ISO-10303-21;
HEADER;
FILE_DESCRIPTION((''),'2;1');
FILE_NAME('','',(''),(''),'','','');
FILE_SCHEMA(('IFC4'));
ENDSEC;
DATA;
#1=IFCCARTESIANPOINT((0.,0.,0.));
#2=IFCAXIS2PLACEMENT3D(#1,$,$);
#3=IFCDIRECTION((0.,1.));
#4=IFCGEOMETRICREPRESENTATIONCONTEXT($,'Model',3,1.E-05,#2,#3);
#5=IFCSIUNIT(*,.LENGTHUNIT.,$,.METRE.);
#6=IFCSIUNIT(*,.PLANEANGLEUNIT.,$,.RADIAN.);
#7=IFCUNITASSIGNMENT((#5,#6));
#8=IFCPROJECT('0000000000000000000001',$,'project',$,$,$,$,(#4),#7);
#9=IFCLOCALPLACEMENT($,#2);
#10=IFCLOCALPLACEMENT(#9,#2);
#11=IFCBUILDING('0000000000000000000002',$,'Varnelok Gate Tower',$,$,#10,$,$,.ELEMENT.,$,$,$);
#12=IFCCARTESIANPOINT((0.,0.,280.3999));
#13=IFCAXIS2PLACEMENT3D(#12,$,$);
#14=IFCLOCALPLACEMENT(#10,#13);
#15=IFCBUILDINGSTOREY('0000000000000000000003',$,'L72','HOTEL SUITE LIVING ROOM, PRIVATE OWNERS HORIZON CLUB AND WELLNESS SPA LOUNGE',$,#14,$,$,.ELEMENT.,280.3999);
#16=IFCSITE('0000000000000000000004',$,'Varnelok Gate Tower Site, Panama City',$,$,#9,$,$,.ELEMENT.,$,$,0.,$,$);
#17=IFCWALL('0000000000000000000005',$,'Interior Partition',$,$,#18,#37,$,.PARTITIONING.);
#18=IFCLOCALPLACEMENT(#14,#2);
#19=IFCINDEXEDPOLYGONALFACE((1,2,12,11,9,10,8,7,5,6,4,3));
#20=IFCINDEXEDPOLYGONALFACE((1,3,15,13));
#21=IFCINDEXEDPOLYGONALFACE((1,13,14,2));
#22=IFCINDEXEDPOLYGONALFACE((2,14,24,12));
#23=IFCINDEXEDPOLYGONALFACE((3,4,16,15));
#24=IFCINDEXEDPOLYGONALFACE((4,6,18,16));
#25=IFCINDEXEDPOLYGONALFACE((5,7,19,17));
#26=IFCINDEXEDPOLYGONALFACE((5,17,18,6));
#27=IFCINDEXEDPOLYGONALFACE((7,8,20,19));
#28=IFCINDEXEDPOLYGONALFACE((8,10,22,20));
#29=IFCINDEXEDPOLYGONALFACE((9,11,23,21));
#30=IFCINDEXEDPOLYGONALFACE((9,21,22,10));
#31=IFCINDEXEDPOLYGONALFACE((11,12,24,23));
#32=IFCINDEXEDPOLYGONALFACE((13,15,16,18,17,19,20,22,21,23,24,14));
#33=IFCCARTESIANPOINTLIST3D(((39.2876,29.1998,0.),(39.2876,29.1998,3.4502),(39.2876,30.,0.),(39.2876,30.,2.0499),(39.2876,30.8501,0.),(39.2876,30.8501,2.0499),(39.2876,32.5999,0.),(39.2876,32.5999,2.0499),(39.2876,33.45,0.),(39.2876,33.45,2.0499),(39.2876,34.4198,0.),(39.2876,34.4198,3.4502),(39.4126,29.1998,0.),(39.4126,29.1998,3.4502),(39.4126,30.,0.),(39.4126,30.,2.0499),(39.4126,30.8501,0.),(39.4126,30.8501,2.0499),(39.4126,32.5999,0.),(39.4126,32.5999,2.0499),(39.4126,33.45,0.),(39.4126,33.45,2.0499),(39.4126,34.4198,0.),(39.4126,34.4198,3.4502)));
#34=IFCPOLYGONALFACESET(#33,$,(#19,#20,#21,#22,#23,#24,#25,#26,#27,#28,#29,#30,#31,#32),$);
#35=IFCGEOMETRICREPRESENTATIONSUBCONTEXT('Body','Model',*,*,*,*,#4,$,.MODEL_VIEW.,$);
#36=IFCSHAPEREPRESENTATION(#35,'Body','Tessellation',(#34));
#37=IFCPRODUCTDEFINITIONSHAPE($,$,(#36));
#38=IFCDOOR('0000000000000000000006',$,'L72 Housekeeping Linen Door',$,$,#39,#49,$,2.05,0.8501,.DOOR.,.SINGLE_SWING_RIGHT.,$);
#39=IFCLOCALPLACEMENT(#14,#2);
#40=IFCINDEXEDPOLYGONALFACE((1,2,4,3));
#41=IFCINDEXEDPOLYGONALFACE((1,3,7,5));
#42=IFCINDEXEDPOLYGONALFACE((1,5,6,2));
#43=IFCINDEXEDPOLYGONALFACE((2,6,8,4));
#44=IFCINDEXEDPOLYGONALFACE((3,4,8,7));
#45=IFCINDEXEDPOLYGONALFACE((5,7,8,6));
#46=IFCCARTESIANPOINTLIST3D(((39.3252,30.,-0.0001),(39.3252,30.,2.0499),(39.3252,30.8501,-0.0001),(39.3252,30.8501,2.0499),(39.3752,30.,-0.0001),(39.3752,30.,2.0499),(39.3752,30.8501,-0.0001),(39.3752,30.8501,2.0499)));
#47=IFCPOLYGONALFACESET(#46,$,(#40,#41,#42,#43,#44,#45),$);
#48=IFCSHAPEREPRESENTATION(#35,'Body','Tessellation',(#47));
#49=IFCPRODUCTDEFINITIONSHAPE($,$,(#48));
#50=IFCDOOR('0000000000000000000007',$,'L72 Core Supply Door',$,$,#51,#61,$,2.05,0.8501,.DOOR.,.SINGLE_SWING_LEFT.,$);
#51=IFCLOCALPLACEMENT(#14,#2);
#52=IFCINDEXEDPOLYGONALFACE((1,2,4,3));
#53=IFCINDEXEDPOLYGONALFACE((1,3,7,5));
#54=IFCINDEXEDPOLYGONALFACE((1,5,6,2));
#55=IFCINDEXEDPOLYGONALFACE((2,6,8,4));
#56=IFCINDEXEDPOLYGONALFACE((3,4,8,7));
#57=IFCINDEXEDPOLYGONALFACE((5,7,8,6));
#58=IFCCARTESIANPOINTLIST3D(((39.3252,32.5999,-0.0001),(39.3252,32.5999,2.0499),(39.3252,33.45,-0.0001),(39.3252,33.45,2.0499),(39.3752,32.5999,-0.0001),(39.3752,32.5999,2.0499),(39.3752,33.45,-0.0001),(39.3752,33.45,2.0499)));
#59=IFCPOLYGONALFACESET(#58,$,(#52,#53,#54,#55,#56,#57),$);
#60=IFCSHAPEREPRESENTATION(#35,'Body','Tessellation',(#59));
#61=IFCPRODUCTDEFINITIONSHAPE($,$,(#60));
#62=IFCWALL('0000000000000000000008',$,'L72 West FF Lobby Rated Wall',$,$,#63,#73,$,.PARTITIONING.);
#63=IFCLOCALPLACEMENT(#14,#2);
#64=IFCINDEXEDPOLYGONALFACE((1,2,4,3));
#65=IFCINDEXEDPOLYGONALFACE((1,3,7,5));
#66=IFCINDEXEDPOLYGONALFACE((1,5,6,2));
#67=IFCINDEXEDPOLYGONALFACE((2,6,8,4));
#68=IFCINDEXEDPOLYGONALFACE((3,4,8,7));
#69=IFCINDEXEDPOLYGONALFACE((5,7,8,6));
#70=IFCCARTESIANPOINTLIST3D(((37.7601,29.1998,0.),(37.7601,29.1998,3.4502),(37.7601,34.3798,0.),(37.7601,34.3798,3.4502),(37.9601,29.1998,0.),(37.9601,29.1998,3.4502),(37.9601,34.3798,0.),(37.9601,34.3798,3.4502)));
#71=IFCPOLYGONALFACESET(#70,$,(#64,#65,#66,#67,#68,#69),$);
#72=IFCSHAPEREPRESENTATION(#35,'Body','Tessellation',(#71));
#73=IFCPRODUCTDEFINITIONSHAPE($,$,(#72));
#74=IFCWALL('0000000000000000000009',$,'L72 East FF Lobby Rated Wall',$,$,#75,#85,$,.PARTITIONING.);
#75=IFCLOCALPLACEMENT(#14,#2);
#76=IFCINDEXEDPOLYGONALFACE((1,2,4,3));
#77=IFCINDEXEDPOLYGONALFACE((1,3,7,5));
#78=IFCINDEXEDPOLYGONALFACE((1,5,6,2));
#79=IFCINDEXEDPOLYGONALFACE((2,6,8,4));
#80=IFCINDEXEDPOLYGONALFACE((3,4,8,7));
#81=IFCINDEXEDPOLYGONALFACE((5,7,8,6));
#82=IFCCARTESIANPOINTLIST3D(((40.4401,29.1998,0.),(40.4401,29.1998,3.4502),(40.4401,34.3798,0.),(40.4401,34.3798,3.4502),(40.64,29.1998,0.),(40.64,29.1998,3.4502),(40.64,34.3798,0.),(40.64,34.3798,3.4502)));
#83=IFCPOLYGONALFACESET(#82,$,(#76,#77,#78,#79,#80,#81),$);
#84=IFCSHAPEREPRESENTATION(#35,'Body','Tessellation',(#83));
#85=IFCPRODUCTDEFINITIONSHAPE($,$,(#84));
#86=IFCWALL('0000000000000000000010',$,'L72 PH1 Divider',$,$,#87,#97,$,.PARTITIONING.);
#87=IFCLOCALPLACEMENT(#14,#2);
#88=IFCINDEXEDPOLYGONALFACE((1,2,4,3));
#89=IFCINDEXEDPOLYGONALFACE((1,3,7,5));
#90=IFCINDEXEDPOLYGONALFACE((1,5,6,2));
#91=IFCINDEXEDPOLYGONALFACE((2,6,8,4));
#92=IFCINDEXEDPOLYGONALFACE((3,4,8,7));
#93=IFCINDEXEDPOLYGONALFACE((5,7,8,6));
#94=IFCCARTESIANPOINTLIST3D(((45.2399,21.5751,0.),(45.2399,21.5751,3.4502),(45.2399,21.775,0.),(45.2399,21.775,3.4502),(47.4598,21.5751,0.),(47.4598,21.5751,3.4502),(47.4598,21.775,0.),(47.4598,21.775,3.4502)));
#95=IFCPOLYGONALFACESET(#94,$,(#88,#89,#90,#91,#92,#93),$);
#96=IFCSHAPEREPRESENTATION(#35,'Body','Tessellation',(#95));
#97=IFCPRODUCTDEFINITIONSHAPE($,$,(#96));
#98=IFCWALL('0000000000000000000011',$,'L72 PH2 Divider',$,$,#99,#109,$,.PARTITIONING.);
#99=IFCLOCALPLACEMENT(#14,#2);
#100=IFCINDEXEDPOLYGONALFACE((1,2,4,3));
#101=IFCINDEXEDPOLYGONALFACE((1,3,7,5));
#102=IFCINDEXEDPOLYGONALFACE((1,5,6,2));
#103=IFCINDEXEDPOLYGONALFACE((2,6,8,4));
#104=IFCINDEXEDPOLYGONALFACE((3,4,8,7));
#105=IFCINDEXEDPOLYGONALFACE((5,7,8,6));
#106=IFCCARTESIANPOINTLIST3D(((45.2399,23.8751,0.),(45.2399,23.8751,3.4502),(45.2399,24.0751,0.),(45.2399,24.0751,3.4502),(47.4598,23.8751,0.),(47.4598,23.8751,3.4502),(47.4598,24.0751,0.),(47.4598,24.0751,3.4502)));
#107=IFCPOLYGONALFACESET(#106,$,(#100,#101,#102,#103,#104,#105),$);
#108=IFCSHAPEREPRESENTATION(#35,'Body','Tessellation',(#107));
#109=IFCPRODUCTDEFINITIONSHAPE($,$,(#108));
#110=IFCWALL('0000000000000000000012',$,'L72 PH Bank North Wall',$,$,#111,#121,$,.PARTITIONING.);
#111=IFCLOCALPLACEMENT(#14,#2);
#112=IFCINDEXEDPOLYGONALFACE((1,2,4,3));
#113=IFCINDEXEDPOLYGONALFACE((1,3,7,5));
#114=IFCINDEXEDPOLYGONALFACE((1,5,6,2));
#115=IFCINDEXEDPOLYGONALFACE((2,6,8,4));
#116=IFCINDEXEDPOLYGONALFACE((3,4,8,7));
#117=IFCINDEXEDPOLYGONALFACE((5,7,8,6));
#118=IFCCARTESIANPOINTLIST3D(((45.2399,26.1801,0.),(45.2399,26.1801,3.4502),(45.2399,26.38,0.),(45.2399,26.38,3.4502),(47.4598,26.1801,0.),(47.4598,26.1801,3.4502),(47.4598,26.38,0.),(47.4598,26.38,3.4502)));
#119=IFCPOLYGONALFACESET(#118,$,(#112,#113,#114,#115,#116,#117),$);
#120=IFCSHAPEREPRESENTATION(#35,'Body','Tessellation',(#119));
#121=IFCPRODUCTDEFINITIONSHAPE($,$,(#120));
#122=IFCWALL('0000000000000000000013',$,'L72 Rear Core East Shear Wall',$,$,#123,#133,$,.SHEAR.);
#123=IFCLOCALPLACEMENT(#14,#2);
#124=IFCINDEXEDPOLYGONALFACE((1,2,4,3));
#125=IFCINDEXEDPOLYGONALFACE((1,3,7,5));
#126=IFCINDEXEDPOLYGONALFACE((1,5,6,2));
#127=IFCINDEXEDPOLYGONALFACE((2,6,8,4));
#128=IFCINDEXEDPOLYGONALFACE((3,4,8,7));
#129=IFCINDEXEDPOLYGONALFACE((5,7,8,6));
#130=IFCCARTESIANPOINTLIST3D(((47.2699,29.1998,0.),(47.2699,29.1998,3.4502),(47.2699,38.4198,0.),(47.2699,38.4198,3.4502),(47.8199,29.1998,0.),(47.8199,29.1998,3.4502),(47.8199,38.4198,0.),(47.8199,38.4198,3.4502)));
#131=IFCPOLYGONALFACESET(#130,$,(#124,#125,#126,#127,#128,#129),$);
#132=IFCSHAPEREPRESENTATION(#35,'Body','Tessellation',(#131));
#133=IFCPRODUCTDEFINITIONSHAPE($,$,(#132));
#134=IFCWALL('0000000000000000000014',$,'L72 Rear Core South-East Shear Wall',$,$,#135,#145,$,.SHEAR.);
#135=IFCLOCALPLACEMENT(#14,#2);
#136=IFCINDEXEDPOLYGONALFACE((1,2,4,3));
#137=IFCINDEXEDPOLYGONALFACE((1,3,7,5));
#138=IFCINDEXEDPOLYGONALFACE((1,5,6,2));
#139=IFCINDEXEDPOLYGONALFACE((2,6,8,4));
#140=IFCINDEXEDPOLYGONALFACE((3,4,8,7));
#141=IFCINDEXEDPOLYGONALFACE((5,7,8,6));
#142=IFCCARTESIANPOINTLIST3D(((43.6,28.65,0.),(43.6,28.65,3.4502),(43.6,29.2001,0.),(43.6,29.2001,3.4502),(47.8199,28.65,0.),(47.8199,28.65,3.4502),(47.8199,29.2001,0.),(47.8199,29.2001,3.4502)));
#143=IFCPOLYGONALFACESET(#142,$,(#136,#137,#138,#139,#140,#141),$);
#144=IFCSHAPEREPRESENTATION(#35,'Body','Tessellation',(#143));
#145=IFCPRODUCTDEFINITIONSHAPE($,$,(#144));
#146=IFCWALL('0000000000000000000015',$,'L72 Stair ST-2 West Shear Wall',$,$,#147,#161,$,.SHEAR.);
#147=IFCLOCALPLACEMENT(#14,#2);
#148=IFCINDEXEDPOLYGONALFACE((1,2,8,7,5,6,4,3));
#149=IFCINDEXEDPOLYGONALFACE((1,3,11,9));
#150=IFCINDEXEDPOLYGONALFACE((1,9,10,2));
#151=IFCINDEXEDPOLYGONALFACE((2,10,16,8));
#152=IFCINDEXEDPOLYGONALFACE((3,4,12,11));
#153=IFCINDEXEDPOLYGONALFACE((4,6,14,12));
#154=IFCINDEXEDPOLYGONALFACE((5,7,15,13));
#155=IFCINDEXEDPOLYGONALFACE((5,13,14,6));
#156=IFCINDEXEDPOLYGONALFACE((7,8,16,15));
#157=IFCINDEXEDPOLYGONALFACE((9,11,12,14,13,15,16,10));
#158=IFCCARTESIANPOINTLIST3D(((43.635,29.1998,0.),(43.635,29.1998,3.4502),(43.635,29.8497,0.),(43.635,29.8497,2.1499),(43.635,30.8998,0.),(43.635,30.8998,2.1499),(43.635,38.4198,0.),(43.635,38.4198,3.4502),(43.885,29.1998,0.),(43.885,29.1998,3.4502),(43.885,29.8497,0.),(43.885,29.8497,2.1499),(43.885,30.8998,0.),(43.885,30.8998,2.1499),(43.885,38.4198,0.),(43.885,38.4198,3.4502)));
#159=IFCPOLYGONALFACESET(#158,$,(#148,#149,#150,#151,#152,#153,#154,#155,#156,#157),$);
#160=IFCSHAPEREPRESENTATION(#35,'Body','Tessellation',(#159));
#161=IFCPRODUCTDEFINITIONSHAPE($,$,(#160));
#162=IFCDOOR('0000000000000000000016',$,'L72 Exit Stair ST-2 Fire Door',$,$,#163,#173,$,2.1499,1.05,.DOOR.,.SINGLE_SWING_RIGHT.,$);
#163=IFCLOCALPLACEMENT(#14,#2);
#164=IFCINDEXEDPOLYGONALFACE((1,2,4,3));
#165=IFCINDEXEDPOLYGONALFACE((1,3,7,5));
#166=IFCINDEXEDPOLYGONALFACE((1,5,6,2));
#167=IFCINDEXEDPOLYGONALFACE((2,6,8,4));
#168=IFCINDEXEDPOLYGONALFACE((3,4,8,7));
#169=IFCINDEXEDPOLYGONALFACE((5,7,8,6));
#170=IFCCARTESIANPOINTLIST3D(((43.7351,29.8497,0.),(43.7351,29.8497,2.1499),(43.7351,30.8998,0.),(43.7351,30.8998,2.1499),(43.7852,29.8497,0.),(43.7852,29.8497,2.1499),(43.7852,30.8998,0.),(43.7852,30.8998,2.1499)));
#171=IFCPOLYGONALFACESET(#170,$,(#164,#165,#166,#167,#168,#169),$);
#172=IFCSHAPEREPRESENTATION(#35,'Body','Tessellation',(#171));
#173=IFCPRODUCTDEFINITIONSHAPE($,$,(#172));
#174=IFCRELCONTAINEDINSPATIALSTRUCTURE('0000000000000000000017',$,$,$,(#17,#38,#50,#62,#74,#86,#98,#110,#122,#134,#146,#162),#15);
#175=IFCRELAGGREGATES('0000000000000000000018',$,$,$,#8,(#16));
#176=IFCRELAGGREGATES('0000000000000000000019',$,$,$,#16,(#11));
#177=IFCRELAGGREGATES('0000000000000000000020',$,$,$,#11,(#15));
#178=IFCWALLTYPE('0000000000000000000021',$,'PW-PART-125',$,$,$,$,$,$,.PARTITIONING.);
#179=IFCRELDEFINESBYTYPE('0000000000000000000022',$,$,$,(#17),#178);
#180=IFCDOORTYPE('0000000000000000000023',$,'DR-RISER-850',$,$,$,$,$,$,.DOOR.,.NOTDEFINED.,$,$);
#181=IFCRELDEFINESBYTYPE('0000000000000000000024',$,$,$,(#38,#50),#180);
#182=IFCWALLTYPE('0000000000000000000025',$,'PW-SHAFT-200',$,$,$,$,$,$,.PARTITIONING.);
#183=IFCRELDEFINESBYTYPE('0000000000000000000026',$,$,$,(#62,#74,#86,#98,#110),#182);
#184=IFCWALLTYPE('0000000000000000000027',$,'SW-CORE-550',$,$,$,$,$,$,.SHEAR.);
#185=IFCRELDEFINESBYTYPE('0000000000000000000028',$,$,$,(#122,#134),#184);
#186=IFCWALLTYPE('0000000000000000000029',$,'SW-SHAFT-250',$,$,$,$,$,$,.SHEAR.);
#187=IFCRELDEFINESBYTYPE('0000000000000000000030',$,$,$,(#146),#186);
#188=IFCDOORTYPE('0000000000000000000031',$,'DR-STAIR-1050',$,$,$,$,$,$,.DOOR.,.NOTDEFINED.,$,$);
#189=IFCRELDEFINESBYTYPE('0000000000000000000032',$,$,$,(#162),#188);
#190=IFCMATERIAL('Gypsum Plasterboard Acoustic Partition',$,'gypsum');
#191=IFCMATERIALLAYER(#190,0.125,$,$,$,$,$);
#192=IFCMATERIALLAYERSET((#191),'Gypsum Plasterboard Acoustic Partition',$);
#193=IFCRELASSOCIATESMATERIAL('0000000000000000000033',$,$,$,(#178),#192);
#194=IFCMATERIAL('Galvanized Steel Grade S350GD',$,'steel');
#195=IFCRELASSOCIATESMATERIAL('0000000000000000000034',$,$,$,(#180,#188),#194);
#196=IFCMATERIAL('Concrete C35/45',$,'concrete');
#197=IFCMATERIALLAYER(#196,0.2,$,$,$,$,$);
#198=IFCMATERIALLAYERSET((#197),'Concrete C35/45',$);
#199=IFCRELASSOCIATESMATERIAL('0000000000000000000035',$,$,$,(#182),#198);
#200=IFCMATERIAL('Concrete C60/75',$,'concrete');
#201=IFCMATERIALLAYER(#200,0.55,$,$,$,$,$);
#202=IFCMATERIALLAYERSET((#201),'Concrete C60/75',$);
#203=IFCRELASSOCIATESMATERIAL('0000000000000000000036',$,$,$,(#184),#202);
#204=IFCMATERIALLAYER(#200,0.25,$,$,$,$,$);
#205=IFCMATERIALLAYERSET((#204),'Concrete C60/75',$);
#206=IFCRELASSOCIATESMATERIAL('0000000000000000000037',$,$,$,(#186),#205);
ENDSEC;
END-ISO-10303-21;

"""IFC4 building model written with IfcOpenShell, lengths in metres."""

from ifc_helpers import new_model, si_unit, direction, frame, frame_2d, origin, place, context, subcontext, project, spatial, rectangle, extrude, material, layer, layer_set, type_object, element, fill, save


model = new_model("IFC4")

# Units and contexts
model_context = context("Model", 3, precision=1e-05, world=origin(), true_north=direction((0.0, 1.0)))
body_context = subcontext(model_context, "Body", "Model", "MODEL_VIEW")
ifc_project = project(units=[si_unit("LENGTHUNIT", "METRE"), si_unit("PLANEANGLEUNIT", "RADIAN")], contexts=[model_context])

# Site, building, storey
site_placement = place(None, origin())
site = spatial("IfcSite", under=ifc_project, at=site_placement, Name="Varnelok Gate Tower Site, Panama City", CompositionType="ELEMENT", RefElevation=0.0)
building_placement = place(site_placement, origin())
building = spatial("IfcBuilding", under=site, at=building_placement, Name="Varnelok Gate Tower", CompositionType="ELEMENT")
storey_placement = place(building_placement, frame((0.0, 0.0, 280.3999)))
storey = spatial("IfcBuildingStorey", under=building, at=storey_placement, Name="L72", Description="HOTEL SUITE LIVING ROOM, PRIVATE OWNERS HORIZON CLUB AND WELLNESS SPA LOUNGE", CompositionType="ELEMENT", Elevation=280.3999)

# Wall, openings, doors
ifc_material_1 = material(Name="Gypsum Plasterboard Acoustic Partition", Category="gypsum")
ifc_layer_1 = layer(ifc_material_1, 0.125)
ifc_layer_set_1 = layer_set([ifc_layer_1], Name="Gypsum Plasterboard Acoustic Partition")
wall_type_1 = type_object("IfcWallType", Name="PW-PART-125", PredefinedType="PARTITIONING", material=ifc_layer_set_1)
wall_1_placement = place(storey_placement, frame((39.3501, 29.2, 0.0), z_axis=(0.0, 0.0, 1.0), x_axis=(0.0, 1.0, 0.0)))
wall_1 = element("IfcWall", 1, at=wall_1_placement, inside=storey, type_object=wall_type_1, Name="Interior Partition", PredefinedType="PARTITIONING", context=body_context, shape_type="SweptSolid", body=[
    extrude(rectangle(XDim=5.22, YDim=0.125, at=frame_2d((2.6099, 0.0))), origin(), (0.0, 0.0, 1.0), 3.4502),
])
opening_1_placement = place(wall_1_placement, frame((0.8, 0.0, 0.0)))
opening_1 = element("IfcOpeningElement", 2, at=opening_1_placement, cuts=wall_1, PredefinedType="OPENING", context=body_context, shape_type="SweptSolid", body=[
    extrude(rectangle(XDim=0.8501, YDim=2.05, at=frame_2d((0.425, 1.0249))), frame((0.0, 0.0725, 0.0), z_axis=(0.0, -1.0, 0.0), x_axis=(1.0, 0.0, 0.0)), (0.0, 0.0, 1.0), 0.145),
])
opening_2_placement = place(wall_1_placement, frame((3.3999, 0.0, 0.0)))
opening_2 = element("IfcOpeningElement", 3, at=opening_2_placement, cuts=wall_1, PredefinedType="OPENING", context=body_context, shape_type="SweptSolid", body=[
    extrude(rectangle(XDim=0.8501, YDim=2.05, at=frame_2d((0.425, 1.0249))), frame((0.0, 0.0725, 0.0), z_axis=(0.0, -1.0, 0.0), x_axis=(1.0, 0.0, 0.0)), (0.0, 0.0, 1.0), 0.145),
])
ifc_material_2 = material(Name="Galvanized Steel Grade S350GD", Category="steel")
door_type_1 = type_object("IfcDoorType", Name="DR-RISER-850", OperationType="NOTDEFINED", PredefinedType="DOOR", material=ifc_material_2)
door_1_placement = place(opening_1_placement, origin())
door_1 = element("IfcDoor", 4, at=door_1_placement, inside=storey, type_object=door_type_1, Name="L72 Housekeeping Linen Door", OperationType="SINGLE_SWING_RIGHT", OverallHeight=2.05, OverallWidth=0.8501, PredefinedType="DOOR", context=body_context, shape_type="SweptSolid", body=[
    extrude(rectangle(XDim=0.8501, YDim=2.05, at=frame_2d((0.425, 1.0249))), frame((0.0, 0.0249, 0.0), z_axis=(0.0, -1.0, 0.0), x_axis=(1.0, 0.0, 0.0)), (0.0, 0.0, 1.0), 0.05),
])
fill(opening_1, door_1)
door_2_placement = place(opening_2_placement, origin())
door_2 = element("IfcDoor", 5, at=door_2_placement, inside=storey, type_object=door_type_1, Name="L72 Core Supply Door", OperationType="SINGLE_SWING_LEFT", OverallHeight=2.05, OverallWidth=0.8501, PredefinedType="DOOR", context=body_context, shape_type="SweptSolid", body=[
    extrude(rectangle(XDim=0.8501, YDim=2.05, at=frame_2d((0.425, 1.0249))), frame((0.0, 0.0249, 0.0), z_axis=(0.0, -1.0, 0.0), x_axis=(1.0, 0.0, 0.0)), (0.0, 0.0, 1.0), 0.05),
])
fill(opening_2, door_2)

# Walls
ifc_material_3 = material(Name="Concrete C35/45", Category="concrete")
ifc_layer_2 = layer(ifc_material_3, 0.2)
ifc_layer_set_2 = layer_set([ifc_layer_2], Name="Concrete C35/45")
wall_type_2 = type_object("IfcWallType", Name="PW-SHAFT-200", PredefinedType="PARTITIONING", material=ifc_layer_set_2)
for number, where, z_axis, x_axis, name in (
    (6, (37.8601, 29.2, 0.0), (0.0, 0.0, 1.0), (0.0, 1.0, 0.0), "L72 West FF Lobby Rated Wall"),
    (7, (40.54, 29.2, 0.0), (0.0, 0.0, 1.0), (0.0, 1.0, 0.0), "L72 East FF Lobby Rated Wall"),
):
    element("IfcWall", number, at=place(storey_placement, frame(where, z_axis=z_axis, x_axis=x_axis)), inside=storey, type_object=wall_type_2, Name=name, PredefinedType="PARTITIONING", context=body_context, shape_type="SweptSolid", body=[
        extrude(rectangle(XDim=5.1799, YDim=0.2, at=frame_2d((2.5898, 0.0))), origin(), (0.0, 0.0, 1.0), 3.4502),
    ])
for number, where, z_axis, x_axis, name in (
    (8, (45.24, 21.675, 0.0), (0.0, 0.0, 1.0), (1.0, 0.0, 0.0), "L72 PH1 Divider"),
    (9, (45.24, 23.9751, 0.0), (0.0, 0.0, 1.0), (1.0, 0.0, 0.0), "L72 PH2 Divider"),
    (10, (45.24, 26.28, 0.0), (0.0, 0.0, 1.0), (1.0, 0.0, 0.0), "L72 PH Bank North Wall"),
):
    element("IfcWall", number, at=place(storey_placement, frame(where, z_axis=z_axis, x_axis=x_axis)), inside=storey, type_object=wall_type_2, Name=name, PredefinedType="PARTITIONING", context=body_context, shape_type="SweptSolid", body=[
        extrude(rectangle(XDim=2.22, YDim=0.2, at=frame_2d((1.1099, 0.0))), origin(), (0.0, 0.0, 1.0), 3.4502),
    ])

# Walls
ifc_material_4 = material(Name="Concrete C60/75", Category="concrete")
ifc_layer_3 = layer(ifc_material_4, 0.55)
ifc_layer_set_3 = layer_set([ifc_layer_3], Name="Concrete C60/75")
wall_type_3 = type_object("IfcWallType", Name="SW-CORE-550", PredefinedType="SHEAR", material=ifc_layer_set_3)
wall_2_placement = place(storey_placement, frame((47.5449, 29.2, 0.0), z_axis=(0.0, 0.0, 1.0), x_axis=(0.0, 1.0, 0.0)))
element("IfcWall", 11, at=wall_2_placement, inside=storey, type_object=wall_type_3, Name="L72 Rear Core East Shear Wall", PredefinedType="SHEAR", context=body_context, shape_type="SweptSolid", body=[
    extrude(rectangle(XDim=9.22, YDim=0.55, at=frame_2d((4.6099, 0.0))), origin(), (0.0, 0.0, 1.0), 3.4502),
])
wall_3_placement = place(storey_placement, frame((43.6001, 28.925, 0.0), z_axis=(0.0, 0.0, 1.0), x_axis=(1.0, 0.0, 0.0)))
element("IfcWall", 12, at=wall_3_placement, inside=storey, type_object=wall_type_3, Name="L72 Rear Core South-East Shear Wall", PredefinedType="SHEAR", context=body_context, shape_type="SweptSolid", body=[
    extrude(rectangle(XDim=4.22, YDim=0.55, at=frame_2d((2.1099, 0.0))), origin(), (0.0, 0.0, 1.0), 3.4502),
])

# Wall, opening, door
ifc_layer_4 = layer(ifc_material_4, 0.25)
ifc_layer_set_4 = layer_set([ifc_layer_4], Name="Concrete C60/75")
wall_type_4 = type_object("IfcWallType", Name="SW-SHAFT-250", PredefinedType="SHEAR", material=ifc_layer_set_4)
wall_4_placement = place(storey_placement, frame((43.76, 29.2, 0.0), z_axis=(0.0, 0.0, 1.0), x_axis=(0.0, 1.0, 0.0)))
wall_4 = element("IfcWall", 13, at=wall_4_placement, inside=storey, type_object=wall_type_4, Name="L72 Stair ST-2 West Shear Wall", PredefinedType="SHEAR", context=body_context, shape_type="SweptSolid", body=[
    extrude(rectangle(XDim=9.22, YDim=0.25, at=frame_2d((4.6099, 0.0))), origin(), (0.0, 0.0, 1.0), 3.4502),
])
opening_3_placement = place(wall_4_placement, frame((0.6499, 0.0, 0.0)))
opening_3 = element("IfcOpeningElement", 14, at=opening_3_placement, cuts=wall_4, PredefinedType="OPENING", context=body_context, shape_type="SweptSolid", body=[
    extrude(rectangle(XDim=1.05, YDim=2.1499, at=frame_2d((0.5249, 1.075))), frame((0.0, 0.135, 0.0), z_axis=(0.0, -1.0, 0.0), x_axis=(1.0, 0.0, 0.0)), (0.0, 0.0, 1.0), 0.27),
])
door_type_2 = type_object("IfcDoorType", Name="DR-STAIR-1050", OperationType="NOTDEFINED", PredefinedType="DOOR", material=ifc_material_2)
door_3_placement = place(opening_3_placement, origin())
door_3 = element("IfcDoor", 15, at=door_3_placement, inside=storey, type_object=door_type_2, Name="L72 Exit Stair ST-2 Fire Door", OperationType="SINGLE_SWING_RIGHT", OverallHeight=2.1499, OverallWidth=1.05, PredefinedType="DOOR", context=body_context, shape_type="SweptSolid", body=[
    extrude(rectangle(XDim=1.05, YDim=2.1499, at=frame_2d((0.5249, 1.075))), frame((0.0, 0.0249, 0.0), z_axis=(0.0, -1.0, 0.0), x_axis=(1.0, 0.0, 0.0)), (0.0, 0.0, 1.0), 0.05),
])
fill(opening_3, door_3)

save(model, "model.ifc")
